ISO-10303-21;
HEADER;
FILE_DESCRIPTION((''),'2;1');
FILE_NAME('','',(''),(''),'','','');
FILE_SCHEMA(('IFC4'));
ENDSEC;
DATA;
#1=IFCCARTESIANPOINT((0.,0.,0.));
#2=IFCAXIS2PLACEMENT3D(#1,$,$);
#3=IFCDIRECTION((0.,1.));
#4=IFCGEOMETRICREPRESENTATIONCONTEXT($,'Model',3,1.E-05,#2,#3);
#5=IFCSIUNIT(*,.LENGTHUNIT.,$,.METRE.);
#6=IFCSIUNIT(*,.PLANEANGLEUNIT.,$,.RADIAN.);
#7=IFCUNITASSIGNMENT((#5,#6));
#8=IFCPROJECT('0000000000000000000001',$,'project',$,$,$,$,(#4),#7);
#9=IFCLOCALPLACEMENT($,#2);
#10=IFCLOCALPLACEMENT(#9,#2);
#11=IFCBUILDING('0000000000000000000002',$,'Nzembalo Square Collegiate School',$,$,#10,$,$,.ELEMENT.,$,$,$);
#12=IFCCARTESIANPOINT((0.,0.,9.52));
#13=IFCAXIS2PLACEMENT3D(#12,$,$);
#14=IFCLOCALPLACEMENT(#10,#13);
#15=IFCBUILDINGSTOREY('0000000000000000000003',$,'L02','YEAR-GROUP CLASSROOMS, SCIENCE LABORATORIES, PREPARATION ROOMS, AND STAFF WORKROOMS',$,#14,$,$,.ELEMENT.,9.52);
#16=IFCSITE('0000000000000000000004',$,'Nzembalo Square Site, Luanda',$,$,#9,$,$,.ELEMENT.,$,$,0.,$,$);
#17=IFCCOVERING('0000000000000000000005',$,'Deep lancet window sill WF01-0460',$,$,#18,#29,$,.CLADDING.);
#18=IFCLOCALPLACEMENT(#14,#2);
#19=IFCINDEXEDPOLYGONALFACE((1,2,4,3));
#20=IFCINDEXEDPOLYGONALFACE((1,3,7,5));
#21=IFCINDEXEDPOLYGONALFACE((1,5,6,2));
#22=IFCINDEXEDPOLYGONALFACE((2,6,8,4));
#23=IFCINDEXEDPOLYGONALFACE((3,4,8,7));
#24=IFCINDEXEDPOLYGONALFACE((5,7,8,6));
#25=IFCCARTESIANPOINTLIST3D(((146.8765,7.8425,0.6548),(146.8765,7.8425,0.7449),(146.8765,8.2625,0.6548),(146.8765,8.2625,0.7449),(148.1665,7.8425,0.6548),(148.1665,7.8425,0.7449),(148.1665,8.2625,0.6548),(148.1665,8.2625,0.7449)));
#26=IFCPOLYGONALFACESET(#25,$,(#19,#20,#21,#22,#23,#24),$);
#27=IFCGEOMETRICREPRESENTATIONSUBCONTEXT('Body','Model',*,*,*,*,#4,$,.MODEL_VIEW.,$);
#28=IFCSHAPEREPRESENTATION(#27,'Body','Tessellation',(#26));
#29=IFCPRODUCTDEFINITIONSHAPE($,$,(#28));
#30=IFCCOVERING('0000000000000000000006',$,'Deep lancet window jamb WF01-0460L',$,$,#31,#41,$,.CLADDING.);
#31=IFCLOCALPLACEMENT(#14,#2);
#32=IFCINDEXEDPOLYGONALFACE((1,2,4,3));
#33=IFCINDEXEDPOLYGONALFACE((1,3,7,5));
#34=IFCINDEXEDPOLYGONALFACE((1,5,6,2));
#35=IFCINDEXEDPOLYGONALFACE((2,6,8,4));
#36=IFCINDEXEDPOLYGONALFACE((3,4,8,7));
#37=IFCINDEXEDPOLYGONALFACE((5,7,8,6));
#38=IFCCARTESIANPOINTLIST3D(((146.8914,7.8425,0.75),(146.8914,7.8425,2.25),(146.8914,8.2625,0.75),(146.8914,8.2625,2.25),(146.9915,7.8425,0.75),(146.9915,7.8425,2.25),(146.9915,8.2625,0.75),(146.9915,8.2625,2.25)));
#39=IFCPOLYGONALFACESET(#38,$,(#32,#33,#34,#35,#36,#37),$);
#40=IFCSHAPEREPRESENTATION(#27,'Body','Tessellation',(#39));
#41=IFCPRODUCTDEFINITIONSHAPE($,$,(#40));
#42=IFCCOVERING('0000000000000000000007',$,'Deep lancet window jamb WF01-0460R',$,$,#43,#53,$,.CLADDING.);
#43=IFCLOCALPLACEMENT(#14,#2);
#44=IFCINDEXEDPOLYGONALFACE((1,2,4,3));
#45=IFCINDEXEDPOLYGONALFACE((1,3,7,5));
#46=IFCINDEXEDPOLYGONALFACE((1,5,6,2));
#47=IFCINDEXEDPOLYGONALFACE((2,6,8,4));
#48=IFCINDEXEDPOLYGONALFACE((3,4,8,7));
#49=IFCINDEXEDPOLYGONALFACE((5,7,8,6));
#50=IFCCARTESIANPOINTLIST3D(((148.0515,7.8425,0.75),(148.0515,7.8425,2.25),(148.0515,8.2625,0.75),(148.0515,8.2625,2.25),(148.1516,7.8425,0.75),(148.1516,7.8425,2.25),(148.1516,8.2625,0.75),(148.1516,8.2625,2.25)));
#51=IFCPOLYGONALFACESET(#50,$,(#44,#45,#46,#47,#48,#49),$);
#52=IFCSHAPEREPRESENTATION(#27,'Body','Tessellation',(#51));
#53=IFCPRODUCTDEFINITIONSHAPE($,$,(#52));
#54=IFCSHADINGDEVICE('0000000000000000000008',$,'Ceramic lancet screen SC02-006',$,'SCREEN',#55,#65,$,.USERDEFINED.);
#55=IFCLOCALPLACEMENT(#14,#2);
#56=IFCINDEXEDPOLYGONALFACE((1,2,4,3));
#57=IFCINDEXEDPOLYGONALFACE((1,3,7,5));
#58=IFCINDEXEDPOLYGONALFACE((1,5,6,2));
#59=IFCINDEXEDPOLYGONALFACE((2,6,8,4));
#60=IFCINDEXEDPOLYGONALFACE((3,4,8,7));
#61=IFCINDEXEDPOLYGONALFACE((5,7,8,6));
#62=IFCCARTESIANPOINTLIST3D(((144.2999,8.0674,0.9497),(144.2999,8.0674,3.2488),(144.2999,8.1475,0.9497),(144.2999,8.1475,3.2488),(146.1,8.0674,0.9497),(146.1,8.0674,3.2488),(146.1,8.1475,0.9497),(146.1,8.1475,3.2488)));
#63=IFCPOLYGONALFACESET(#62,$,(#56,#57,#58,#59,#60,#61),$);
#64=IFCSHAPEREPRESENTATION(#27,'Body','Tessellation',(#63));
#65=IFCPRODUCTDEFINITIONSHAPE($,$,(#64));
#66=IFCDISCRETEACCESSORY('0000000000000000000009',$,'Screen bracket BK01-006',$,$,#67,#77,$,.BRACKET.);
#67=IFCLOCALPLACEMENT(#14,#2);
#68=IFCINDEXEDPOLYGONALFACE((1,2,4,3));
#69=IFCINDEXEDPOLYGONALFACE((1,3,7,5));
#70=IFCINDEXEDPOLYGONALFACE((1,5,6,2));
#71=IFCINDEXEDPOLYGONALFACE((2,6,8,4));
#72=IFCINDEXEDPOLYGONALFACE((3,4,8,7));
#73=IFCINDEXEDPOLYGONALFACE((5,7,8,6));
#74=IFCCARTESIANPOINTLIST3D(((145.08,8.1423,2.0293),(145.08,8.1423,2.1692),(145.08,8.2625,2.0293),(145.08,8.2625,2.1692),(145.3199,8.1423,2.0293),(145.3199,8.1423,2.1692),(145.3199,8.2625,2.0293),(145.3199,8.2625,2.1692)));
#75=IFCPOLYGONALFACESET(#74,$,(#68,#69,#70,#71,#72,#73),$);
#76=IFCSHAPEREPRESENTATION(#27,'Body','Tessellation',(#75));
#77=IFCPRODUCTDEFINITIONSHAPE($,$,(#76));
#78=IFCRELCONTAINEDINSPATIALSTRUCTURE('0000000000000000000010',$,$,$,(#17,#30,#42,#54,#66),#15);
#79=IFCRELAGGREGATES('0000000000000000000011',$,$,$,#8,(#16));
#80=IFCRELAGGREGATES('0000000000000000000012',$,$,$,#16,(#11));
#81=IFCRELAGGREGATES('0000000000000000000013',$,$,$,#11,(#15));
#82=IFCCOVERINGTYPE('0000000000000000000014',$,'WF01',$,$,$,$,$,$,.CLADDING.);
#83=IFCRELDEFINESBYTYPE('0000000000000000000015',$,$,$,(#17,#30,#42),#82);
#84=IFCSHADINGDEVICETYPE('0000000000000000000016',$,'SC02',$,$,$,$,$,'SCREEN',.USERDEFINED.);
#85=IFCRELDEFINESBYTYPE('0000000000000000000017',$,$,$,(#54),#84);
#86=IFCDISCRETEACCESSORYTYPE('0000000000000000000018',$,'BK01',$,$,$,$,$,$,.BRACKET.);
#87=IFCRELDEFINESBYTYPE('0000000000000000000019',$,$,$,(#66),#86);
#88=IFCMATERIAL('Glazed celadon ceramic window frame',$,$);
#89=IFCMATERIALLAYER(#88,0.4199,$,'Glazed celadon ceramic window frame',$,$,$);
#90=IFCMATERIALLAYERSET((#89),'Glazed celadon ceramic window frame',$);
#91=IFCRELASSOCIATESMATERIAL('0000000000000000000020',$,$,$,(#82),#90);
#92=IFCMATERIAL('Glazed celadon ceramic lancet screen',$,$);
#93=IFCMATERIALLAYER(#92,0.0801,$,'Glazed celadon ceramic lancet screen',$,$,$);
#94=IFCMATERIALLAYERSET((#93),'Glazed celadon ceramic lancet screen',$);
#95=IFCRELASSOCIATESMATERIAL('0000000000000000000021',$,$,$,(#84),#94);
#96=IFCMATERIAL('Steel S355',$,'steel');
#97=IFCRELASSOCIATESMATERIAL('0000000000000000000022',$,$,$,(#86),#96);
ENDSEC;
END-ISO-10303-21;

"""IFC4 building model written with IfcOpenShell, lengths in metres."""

from ifc_helpers import new_model, si_unit, direction, frame, origin, origin_2d, place, context, subcontext, project, spatial, rectangle, extrude, material, layer, layer_set, type_object, element, save


model = new_model("IFC4")

# Units and contexts
model_context = context("Model", 3, precision=1e-05, world=origin(), true_north=direction((0.0, 1.0)))
body_context = subcontext(model_context, "Body", "Model", "MODEL_VIEW")
ifc_project = project(units=[si_unit("LENGTHUNIT", "METRE"), si_unit("PLANEANGLEUNIT", "RADIAN")], contexts=[model_context])

# Site, building, storey
site_placement = place(None, origin())
site = spatial("IfcSite", under=ifc_project, at=site_placement, Name="Nzembalo Square Site, Luanda", CompositionType="ELEMENT", RefElevation=0.0)
building_placement = place(site_placement, origin())
building = spatial("IfcBuilding", under=site, at=building_placement, Name="Nzembalo Square Collegiate School", CompositionType="ELEMENT")
storey_placement = place(building_placement, frame((0.0, 0.0, 9.52)))
storey = spatial("IfcBuildingStorey", under=building, at=storey_placement, Name="L02", Description="YEAR-GROUP CLASSROOMS, SCIENCE LABORATORIES, PREPARATION ROOMS, AND STAFF WORKROOMS", CompositionType="ELEMENT", Elevation=9.52)

# Coverings
ifc_material_1 = material(Name="Glazed celadon ceramic window frame")
ifc_layer_1 = layer(ifc_material_1, 0.4199, Name="Glazed celadon ceramic window frame")
ifc_layer_set_1 = layer_set([ifc_layer_1], Name="Glazed celadon ceramic window frame")
covering_type_1 = type_object("IfcCoveringType", Name="WF01", PredefinedType="CLADDING", material=ifc_layer_set_1)
covering_1_placement = place(storey_placement, frame((147.5215, 8.0525, 0.6548), z_axis=(0.0, 0.0, 1.0), x_axis=(1.0, 0.0, 0.0)))
element("IfcCovering", 1, at=covering_1_placement, inside=storey, type_object=covering_type_1, Name="Deep lancet window sill WF01-0460", PredefinedType="CLADDING", context=body_context, shape_type="SweptSolid", body=[
    extrude(rectangle(XDim=1.29, YDim=0.4199, at=origin_2d()), origin(), (0.0, 0.0, 1.0), 0.0901),
])
for number, where, z_axis, x_axis, name in (
    (2, (146.9414, 8.0525, 0.75), (0.0, 0.0, 1.0), (1.0, 0.0, 0.0), "Deep lancet window jamb WF01-0460L"),
    (3, (148.1016, 8.0525, 0.75), (0.0, 0.0, 1.0), (1.0, 0.0, 0.0), "Deep lancet window jamb WF01-0460R"),
):
    element("IfcCovering", number, at=place(storey_placement, frame(where, z_axis=z_axis, x_axis=x_axis)), inside=storey, type_object=covering_type_1, Name=name, PredefinedType="CLADDING", context=body_context, shape_type="SweptSolid", body=[
        extrude(rectangle(XDim=0.1001, YDim=0.4199, at=origin_2d()), origin(), (0.0, 0.0, 1.0), 1.5),
    ])

# Shading device
ifc_material_2 = material(Name="Glazed celadon ceramic lancet screen")
ifc_layer_2 = layer(ifc_material_2, 0.0801, Name="Glazed celadon ceramic lancet screen")
ifc_layer_set_2 = layer_set([ifc_layer_2], Name="Glazed celadon ceramic lancet screen")
shading_device_type = type_object("IfcShadingDeviceType", Name="SC02", ElementType="SCREEN", PredefinedType="USERDEFINED", material=ifc_layer_set_2)
shading_device_placement = place(storey_placement, frame((145.2, 8.1074, 0.9497), z_axis=(0.0, 0.0, 1.0), x_axis=(1.0, 0.0, 0.0)))
element("IfcShadingDevice", 4, at=shading_device_placement, inside=storey, type_object=shading_device_type, Name="Ceramic lancet screen SC02-006", ObjectType="SCREEN", PredefinedType="USERDEFINED", context=body_context, shape_type="SweptSolid", body=[
    extrude(rectangle(XDim=1.8, YDim=0.0801, at=origin_2d()), origin(), (0.0, 0.0, 1.0), 2.2991),
])

# Discrete accessory
ifc_material_3 = material(Name="Steel S355", Category="steel")
discrete_accessory_type = type_object("IfcDiscreteAccessoryType", Name="BK01", PredefinedType="BRACKET", material=ifc_material_3)
discrete_accessory_placement = place(storey_placement, frame((145.2, 8.2024, 2.0293), z_axis=(0.0, 0.0, 1.0), x_axis=(1.0, 0.0, 0.0)))
element("IfcDiscreteAccessory", 5, at=discrete_accessory_placement, inside=storey, type_object=discrete_accessory_type, Name="Screen bracket BK01-006", PredefinedType="BRACKET", context=body_context, shape_type="SweptSolid", body=[
    extrude(rectangle(XDim=0.24, YDim=0.1201, at=origin_2d()), origin(), (0.0, 0.0, 1.0), 0.1399),
])

save(model, "model.ifc")
